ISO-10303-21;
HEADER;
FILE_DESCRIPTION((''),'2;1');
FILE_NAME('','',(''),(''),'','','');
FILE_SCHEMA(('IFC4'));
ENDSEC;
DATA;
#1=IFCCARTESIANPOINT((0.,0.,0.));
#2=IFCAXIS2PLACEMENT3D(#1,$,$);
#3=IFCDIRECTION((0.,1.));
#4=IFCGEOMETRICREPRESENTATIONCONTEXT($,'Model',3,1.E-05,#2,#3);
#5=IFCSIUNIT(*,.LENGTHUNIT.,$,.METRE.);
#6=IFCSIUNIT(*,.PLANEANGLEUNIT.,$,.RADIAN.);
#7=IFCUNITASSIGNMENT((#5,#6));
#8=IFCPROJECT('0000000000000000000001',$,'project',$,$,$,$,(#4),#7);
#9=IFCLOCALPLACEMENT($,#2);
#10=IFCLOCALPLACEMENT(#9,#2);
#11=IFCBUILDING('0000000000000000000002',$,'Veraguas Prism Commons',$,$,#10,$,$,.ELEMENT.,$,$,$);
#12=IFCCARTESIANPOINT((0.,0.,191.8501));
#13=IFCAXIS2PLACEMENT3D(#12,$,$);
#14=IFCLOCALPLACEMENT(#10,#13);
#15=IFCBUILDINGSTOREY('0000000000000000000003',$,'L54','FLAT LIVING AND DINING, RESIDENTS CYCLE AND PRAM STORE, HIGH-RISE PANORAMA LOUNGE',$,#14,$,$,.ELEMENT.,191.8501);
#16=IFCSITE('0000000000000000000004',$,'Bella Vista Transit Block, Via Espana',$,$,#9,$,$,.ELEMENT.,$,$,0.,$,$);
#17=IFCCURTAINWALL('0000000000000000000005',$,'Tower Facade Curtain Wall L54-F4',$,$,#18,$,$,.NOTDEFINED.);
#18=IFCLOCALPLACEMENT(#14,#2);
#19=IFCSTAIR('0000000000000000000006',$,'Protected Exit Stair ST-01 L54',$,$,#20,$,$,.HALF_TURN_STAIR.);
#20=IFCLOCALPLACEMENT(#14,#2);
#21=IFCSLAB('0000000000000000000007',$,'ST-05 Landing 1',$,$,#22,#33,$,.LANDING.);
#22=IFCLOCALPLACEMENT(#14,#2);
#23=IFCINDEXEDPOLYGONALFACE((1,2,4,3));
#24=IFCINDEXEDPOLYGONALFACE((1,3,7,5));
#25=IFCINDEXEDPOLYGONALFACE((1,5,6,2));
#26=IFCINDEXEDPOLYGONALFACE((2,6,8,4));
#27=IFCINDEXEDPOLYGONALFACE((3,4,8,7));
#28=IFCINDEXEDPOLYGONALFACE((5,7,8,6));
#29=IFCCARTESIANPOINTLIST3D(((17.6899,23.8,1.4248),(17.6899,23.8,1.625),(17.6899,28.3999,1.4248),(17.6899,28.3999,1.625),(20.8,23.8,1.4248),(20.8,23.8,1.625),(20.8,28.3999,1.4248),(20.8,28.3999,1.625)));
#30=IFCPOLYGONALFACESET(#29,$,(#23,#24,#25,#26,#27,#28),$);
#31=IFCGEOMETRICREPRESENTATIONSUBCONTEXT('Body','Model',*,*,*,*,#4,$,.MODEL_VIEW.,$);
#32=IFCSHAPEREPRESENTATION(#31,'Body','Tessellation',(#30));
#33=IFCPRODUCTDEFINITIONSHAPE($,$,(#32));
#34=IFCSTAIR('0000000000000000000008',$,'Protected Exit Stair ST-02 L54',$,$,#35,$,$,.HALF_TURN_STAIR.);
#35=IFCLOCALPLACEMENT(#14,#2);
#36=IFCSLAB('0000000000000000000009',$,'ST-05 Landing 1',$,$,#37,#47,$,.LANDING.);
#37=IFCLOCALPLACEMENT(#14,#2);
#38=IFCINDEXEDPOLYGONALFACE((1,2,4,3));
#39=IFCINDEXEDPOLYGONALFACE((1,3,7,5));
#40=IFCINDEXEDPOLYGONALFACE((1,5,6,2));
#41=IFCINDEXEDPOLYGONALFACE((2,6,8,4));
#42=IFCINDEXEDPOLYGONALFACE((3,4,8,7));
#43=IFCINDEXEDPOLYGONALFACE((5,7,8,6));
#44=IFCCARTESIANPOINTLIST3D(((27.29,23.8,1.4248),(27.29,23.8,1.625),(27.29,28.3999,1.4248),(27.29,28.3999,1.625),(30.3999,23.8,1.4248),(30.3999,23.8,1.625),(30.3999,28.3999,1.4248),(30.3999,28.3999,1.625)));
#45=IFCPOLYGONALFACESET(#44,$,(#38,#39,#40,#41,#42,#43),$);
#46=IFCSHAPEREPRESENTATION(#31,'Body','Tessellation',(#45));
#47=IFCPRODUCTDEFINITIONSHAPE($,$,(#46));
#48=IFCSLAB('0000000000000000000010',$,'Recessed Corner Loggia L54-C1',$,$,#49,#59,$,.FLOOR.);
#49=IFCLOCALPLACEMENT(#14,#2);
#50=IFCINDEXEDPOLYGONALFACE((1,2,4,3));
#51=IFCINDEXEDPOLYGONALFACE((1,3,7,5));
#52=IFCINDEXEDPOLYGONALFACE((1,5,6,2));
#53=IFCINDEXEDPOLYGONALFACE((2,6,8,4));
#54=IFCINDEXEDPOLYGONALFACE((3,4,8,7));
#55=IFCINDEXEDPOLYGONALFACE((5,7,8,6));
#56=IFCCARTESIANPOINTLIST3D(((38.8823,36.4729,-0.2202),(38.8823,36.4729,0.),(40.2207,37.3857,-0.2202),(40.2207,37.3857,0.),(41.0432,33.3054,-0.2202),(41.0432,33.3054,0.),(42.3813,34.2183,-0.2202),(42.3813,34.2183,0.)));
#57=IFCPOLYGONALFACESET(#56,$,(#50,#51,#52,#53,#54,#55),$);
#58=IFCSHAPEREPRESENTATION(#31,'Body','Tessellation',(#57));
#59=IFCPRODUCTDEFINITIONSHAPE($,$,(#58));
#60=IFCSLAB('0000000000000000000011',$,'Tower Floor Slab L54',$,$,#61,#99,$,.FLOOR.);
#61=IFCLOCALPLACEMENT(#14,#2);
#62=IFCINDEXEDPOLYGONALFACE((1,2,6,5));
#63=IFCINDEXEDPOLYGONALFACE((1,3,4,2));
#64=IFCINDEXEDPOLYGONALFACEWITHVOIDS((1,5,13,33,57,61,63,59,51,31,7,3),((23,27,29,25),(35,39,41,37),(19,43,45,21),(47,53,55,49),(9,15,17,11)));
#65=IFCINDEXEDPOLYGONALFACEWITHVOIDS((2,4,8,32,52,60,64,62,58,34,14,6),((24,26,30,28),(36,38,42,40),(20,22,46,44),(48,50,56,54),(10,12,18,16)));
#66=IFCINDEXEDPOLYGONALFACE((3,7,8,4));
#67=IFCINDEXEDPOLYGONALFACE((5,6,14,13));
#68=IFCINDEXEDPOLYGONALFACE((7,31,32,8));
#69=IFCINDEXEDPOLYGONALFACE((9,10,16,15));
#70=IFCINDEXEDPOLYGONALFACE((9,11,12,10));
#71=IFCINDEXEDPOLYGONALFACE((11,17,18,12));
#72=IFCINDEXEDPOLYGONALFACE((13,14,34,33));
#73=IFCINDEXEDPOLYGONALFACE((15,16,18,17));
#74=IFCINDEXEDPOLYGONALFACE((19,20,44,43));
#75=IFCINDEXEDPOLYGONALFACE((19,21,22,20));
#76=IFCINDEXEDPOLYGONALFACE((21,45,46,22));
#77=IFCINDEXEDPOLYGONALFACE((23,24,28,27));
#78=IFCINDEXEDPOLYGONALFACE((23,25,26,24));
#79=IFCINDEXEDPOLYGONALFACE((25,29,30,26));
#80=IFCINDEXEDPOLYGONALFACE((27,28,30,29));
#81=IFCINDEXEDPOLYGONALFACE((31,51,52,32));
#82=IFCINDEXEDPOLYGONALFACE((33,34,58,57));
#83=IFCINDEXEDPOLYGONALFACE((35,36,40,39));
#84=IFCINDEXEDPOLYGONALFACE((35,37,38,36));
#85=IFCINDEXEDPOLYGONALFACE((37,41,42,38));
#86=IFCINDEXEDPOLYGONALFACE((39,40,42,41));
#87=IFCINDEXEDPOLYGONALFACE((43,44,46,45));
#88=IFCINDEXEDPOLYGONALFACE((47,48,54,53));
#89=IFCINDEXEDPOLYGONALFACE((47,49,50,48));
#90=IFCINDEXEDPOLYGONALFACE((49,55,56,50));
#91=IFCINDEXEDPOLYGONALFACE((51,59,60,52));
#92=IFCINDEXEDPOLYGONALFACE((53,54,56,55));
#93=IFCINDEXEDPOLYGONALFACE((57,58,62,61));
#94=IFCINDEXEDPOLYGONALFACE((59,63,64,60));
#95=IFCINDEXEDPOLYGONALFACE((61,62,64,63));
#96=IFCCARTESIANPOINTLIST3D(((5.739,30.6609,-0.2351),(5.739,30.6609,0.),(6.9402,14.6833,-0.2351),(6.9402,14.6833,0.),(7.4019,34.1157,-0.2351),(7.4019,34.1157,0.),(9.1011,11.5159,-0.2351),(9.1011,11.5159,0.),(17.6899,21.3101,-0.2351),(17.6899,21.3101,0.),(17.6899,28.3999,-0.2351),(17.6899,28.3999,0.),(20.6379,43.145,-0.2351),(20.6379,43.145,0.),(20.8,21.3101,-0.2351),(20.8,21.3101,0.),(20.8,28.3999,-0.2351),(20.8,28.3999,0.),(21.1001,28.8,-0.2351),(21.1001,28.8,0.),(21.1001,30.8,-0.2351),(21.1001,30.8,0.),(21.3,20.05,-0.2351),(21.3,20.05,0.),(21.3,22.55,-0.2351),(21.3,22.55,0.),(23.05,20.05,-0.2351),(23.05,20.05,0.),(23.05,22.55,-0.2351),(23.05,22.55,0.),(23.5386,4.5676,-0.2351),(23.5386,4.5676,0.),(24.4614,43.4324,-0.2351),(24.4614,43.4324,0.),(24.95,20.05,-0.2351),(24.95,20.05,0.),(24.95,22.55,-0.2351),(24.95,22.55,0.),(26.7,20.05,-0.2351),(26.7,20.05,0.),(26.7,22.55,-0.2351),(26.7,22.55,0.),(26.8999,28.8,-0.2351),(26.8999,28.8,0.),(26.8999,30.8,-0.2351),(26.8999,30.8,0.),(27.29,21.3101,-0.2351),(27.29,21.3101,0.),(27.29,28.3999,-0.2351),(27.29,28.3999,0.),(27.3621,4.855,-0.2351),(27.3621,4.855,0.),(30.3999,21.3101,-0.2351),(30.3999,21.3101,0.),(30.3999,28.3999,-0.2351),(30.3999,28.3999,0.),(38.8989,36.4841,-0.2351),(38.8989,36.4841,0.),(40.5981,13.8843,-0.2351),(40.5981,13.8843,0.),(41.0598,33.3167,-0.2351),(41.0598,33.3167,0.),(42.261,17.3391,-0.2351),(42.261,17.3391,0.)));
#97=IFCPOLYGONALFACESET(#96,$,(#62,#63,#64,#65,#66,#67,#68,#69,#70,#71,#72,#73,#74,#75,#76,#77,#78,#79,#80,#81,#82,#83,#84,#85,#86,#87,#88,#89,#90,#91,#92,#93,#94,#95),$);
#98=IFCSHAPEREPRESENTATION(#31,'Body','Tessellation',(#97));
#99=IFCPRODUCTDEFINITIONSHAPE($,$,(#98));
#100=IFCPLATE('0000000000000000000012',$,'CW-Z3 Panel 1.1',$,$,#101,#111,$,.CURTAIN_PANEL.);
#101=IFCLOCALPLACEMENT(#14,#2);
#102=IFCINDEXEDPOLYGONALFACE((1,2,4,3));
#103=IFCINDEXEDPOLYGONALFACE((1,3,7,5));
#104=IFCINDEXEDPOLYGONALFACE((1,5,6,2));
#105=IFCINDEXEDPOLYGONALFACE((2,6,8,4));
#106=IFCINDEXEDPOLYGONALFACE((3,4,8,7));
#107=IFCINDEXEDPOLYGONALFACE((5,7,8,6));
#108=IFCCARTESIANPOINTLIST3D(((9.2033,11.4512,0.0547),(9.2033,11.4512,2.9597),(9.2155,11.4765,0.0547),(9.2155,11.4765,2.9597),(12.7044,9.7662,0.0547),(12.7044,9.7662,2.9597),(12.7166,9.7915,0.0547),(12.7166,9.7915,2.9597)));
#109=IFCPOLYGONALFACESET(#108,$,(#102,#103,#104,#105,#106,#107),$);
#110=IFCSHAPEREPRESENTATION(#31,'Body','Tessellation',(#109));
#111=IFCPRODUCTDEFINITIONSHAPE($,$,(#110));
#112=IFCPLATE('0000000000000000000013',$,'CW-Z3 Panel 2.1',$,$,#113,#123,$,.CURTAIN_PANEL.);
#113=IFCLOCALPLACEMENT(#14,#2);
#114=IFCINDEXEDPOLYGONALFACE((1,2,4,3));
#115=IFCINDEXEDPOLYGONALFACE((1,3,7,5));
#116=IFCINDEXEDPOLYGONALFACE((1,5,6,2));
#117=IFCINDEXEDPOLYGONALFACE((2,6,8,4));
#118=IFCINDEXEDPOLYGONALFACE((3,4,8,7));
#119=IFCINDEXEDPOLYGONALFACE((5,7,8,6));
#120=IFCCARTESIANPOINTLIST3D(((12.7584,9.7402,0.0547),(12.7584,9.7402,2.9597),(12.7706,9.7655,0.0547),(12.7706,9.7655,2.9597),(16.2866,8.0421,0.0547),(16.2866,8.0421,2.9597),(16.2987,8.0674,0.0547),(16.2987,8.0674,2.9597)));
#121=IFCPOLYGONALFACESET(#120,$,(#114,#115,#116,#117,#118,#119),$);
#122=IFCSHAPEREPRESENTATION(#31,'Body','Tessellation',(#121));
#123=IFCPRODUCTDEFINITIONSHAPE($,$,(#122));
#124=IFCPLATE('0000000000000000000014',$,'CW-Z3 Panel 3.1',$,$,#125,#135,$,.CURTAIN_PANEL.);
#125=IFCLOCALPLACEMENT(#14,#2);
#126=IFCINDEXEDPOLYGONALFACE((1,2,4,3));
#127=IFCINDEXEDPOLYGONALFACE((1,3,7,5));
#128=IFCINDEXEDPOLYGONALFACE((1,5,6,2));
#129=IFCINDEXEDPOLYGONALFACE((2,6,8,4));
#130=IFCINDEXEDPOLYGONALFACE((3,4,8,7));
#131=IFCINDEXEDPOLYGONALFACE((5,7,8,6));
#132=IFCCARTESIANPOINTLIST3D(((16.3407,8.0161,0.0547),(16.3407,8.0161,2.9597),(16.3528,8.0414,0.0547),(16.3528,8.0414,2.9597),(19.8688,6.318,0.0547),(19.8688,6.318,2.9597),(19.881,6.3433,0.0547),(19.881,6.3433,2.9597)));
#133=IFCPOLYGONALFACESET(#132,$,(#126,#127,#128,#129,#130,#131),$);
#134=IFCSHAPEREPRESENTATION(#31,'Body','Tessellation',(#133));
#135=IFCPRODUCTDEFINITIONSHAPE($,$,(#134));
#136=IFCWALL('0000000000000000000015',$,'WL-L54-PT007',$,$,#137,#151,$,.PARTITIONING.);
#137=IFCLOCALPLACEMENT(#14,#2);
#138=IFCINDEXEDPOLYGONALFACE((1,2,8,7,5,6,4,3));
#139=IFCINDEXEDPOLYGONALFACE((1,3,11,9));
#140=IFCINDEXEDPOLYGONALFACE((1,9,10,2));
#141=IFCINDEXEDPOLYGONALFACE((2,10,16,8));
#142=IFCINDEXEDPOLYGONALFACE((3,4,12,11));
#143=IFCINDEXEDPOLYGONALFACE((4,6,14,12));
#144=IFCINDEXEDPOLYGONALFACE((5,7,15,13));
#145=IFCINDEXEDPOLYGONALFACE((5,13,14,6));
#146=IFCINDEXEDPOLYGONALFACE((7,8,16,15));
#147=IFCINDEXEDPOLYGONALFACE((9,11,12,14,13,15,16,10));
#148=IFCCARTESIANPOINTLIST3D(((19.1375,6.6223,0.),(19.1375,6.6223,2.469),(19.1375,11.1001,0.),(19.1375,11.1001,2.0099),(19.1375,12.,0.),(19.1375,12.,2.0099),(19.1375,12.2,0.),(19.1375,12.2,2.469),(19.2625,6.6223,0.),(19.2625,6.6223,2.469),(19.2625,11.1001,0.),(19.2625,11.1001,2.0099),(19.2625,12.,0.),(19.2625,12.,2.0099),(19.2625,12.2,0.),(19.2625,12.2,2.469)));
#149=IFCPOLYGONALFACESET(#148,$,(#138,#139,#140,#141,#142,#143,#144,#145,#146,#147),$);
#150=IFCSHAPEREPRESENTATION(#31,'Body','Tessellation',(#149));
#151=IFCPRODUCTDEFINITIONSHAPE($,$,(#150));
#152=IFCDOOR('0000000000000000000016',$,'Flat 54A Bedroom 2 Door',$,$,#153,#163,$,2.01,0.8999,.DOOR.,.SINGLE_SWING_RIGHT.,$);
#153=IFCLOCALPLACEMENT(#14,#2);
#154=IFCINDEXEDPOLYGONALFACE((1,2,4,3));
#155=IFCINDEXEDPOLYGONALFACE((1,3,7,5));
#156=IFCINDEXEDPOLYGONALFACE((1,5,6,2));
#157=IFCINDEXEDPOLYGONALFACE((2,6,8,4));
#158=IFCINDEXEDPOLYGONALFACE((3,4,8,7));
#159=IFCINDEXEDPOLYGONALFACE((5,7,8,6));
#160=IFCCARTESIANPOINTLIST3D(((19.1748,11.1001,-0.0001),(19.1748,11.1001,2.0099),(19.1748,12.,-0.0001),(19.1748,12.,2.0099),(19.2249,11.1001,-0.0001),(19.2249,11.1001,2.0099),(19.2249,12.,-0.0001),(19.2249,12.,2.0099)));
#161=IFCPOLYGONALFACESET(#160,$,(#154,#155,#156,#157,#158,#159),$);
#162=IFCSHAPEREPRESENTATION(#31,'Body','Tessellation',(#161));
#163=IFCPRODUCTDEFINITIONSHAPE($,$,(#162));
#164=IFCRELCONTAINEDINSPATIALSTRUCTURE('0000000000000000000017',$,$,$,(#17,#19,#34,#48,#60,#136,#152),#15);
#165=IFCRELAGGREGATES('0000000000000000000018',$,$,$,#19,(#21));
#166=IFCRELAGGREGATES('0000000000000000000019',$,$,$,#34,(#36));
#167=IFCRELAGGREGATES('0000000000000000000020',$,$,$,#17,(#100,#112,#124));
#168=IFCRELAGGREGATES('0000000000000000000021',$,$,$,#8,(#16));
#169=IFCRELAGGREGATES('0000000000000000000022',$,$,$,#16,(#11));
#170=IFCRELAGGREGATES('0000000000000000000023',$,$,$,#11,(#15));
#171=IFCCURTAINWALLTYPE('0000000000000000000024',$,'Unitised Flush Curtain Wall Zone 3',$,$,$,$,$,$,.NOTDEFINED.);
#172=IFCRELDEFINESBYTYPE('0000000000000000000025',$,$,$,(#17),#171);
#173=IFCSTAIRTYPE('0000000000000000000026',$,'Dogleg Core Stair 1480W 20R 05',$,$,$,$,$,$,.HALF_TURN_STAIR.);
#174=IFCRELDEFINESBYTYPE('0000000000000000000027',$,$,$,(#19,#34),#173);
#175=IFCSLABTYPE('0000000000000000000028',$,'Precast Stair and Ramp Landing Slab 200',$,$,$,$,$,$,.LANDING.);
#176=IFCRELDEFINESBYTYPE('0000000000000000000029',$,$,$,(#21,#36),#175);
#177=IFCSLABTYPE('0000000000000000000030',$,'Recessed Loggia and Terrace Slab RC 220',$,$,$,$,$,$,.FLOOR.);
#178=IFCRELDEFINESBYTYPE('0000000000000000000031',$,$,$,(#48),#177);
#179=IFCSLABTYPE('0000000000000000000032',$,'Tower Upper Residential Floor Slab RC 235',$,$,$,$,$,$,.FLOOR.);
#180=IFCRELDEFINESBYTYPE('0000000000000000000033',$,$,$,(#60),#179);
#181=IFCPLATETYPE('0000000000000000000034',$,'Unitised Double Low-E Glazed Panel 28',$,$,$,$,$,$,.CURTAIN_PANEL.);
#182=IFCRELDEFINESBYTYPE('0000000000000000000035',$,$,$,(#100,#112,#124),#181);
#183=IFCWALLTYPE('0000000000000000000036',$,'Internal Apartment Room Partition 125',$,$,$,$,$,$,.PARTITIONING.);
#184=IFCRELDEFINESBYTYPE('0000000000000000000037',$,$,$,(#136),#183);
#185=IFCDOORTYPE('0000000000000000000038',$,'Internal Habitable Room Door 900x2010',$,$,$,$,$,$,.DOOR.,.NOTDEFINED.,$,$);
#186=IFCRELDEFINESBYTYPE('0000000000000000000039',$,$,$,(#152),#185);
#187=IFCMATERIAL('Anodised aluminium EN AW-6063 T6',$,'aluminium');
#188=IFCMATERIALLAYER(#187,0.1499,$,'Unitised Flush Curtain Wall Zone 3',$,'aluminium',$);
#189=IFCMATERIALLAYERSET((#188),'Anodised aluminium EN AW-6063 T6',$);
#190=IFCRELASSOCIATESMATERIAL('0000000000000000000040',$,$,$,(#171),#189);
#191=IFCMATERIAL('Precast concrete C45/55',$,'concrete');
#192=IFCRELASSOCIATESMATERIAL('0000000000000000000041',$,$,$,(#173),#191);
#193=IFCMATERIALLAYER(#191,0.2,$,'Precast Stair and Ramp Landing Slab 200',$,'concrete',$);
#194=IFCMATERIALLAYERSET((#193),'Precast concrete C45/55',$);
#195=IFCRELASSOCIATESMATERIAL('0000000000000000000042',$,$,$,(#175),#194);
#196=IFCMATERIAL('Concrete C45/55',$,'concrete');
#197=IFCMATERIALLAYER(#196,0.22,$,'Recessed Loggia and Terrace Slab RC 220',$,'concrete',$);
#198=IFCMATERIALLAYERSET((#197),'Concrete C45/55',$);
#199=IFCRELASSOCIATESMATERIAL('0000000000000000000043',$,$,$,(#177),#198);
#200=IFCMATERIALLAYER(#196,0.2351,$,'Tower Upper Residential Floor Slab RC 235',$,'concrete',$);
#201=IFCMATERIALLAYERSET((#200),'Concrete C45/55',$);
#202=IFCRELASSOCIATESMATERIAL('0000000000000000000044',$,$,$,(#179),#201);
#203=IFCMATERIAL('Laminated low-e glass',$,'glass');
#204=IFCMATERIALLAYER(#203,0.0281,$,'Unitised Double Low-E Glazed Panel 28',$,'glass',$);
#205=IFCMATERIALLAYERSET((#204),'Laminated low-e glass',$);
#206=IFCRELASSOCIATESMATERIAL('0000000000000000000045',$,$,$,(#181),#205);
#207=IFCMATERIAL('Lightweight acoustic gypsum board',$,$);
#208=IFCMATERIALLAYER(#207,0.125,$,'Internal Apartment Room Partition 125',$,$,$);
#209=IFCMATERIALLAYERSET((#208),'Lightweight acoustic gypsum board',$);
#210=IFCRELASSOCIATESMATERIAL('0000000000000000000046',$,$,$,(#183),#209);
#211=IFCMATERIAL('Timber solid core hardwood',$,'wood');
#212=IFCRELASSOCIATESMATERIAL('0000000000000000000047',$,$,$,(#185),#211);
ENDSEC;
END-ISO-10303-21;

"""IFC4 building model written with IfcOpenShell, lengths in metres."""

from ifc_helpers import new_model, si_unit, direction, frame, frame_2d, origin, origin_2d, place, context, subcontext, project, spatial, polyline, rectangle, outline, extrude, source, transform, mapped, material, layer, layer_set, type_object, element, fill, aggregate, save


model = new_model("IFC4")

# Units and contexts
model_context = context("Model", 3, precision=1e-05, world=origin(), true_north=direction((0.0, 1.0)))
body_context = subcontext(model_context, "Body", "Model", "MODEL_VIEW")
ifc_project = project(units=[si_unit("LENGTHUNIT", "METRE"), si_unit("PLANEANGLEUNIT", "RADIAN")], contexts=[model_context])

# Site, building, storey
site_placement = place(None, origin())
site = spatial("IfcSite", under=ifc_project, at=site_placement, Name="Bella Vista Transit Block, Via Espana", CompositionType="ELEMENT", RefElevation=0.0)
building_placement = place(site_placement, origin())
building = spatial("IfcBuilding", under=site, at=building_placement, Name="Veraguas Prism Commons", CompositionType="ELEMENT")
storey_placement = place(building_placement, frame((0.0, 0.0, 191.8501)))
storey = spatial("IfcBuildingStorey", under=building, at=storey_placement, Name="L54", Description="FLAT LIVING AND DINING, RESIDENTS CYCLE AND PRAM STORE, HIGH-RISE PANORAMA LOUNGE", CompositionType="ELEMENT", Elevation=191.8501)

# Curtain wall
ifc_material_1 = material(Name="Anodised aluminium EN AW-6063 T6", Category="aluminium")
ifc_layer_1 = layer(ifc_material_1, 0.1499, Name="Unitised Flush Curtain Wall Zone 3", Category="aluminium")
ifc_layer_set_1 = layer_set([ifc_layer_1], Name="Anodised aluminium EN AW-6063 T6")
curtain_wall_type = type_object("IfcCurtainWallType", Name="Unitised Flush Curtain Wall Zone 3", PredefinedType="NOTDEFINED", material=ifc_layer_set_1)
curtain_wall_1_placement = place(storey_placement, origin())
curtain_wall_1 = element("IfcCurtainWall", 1, at=curtain_wall_1_placement, inside=storey, type_object=curtain_wall_type, Name="Tower Facade Curtain Wall L54-F4", PredefinedType="NOTDEFINED")

# Stairs, slabs
ifc_material_2 = material(Name="Precast concrete C45/55", Category="concrete")
stair_type = type_object("IfcStairType", Name="Dogleg Core Stair 1480W 20R 05", PredefinedType="HALF_TURN_STAIR", material=ifc_material_2)
stair_1_placement = place(storey_placement, origin())
stair_1 = element("IfcStair", 2, at=stair_1_placement, inside=storey, type_object=stair_type, Name="Protected Exit Stair ST-01 L54", PredefinedType="HALF_TURN_STAIR")
ifc_layer_2 = layer(ifc_material_2, 0.2, Name="Precast Stair and Ramp Landing Slab 200", Category="concrete")
ifc_layer_set_2 = layer_set([ifc_layer_2], Name="Precast concrete C45/55")
slab_type_1 = type_object("IfcSlabType", Name="Precast Stair and Ramp Landing Slab 200", PredefinedType="LANDING", material=ifc_layer_set_2)
slab_1_placement = place(storey_placement, frame((0.0, 0.0, 1.4248)))
slab_1 = element("IfcSlab", 3, at=slab_1_placement, type_object=slab_type_1, Name="ST-05 Landing 1", PredefinedType="LANDING", context=body_context, shape_type="SweptSolid", body=[
    extrude(outline(polyline([(20.8, 23.8), (20.8, 28.3999), (17.6899, 28.3999), (17.6899, 23.8), (20.8, 23.8)])), origin(), (0.0, 0.0, 1.0), 0.2002),
])
aggregate(stair_1, [slab_1])
stair_2_placement = place(storey_placement, origin())
stair_2 = element("IfcStair", 4, at=stair_2_placement, inside=storey, type_object=stair_type, Name="Protected Exit Stair ST-02 L54", PredefinedType="HALF_TURN_STAIR")
slab_2_placement = place(storey_placement, frame((0.0, 0.0, 1.4248)))
slab_2 = element("IfcSlab", 5, at=slab_2_placement, type_object=slab_type_1, Name="ST-05 Landing 1", PredefinedType="LANDING", context=body_context, shape_type="SweptSolid", body=[
    extrude(outline(polyline([(30.3999, 23.8), (30.3999, 28.3999), (27.29, 28.3999), (27.29, 23.8), (30.3999, 23.8)])), origin(), (0.0, 0.0, 1.0), 0.2002),
])
aggregate(stair_2, [slab_2])

# Slabs
ifc_material_3 = material(Name="Concrete C45/55", Category="concrete")
ifc_layer_3 = layer(ifc_material_3, 0.22, Name="Recessed Loggia and Terrace Slab RC 220", Category="concrete")
ifc_layer_set_3 = layer_set([ifc_layer_3], Name="Concrete C45/55")
slab_type_2 = type_object("IfcSlabType", Name="Recessed Loggia and Terrace Slab RC 220", PredefinedType="FLOOR", material=ifc_layer_set_3)
slab_3_placement = place(storey_placement, frame((0.0, 0.0, -0.2202)))
element("IfcSlab", 6, at=slab_3_placement, inside=storey, type_object=slab_type_2, Name="Recessed Corner Loggia L54-C1", PredefinedType="FLOOR", context=body_context, shape_type="SweptSolid", body=[
    extrude(outline(polyline([(41.0432, 33.3054), (42.3813, 34.2183), (40.2207, 37.3857), (38.8823, 36.4729), (41.0432, 33.3054)])), origin(), (0.0, 0.0, 1.0), 0.2202),
])
ifc_layer_4 = layer(ifc_material_3, 0.2351, Name="Tower Upper Residential Floor Slab RC 235", Category="concrete")
ifc_layer_set_4 = layer_set([ifc_layer_4], Name="Concrete C45/55")
slab_type_3 = type_object("IfcSlabType", Name="Tower Upper Residential Floor Slab RC 235", PredefinedType="FLOOR", material=ifc_layer_set_4)
slab_4_placement = place(storey_placement, frame((0.0, 0.0, -0.2351)))
element("IfcSlab", 7, at=slab_4_placement, inside=storey, type_object=slab_type_3, Name="Tower Floor Slab L54", PredefinedType="FLOOR", context=body_context, shape_type="SweptSolid", body=[
    extrude(outline(polyline([(41.0598, 33.3167), (38.8989, 36.4841), (24.4614, 43.4324), (20.6379, 43.145), (7.4019, 34.1157), (5.739, 30.6609), (6.9402, 14.6833), (9.1011, 11.5159), (23.5386, 4.5676), (27.3621, 4.855), (40.5981, 13.8843), (42.261, 17.3391), (41.0598, 33.3167)]), holes=[polyline([(20.8, 21.3101), (20.8, 28.3999), (17.6899, 28.3999), (17.6899, 21.3101), (20.8, 21.3101)]), polyline([(30.3999, 21.3101), (30.3999, 28.3999), (27.29, 28.3999), (27.29, 21.3101), (30.3999, 21.3101)]), polyline([(21.1001, 28.8), (26.8999, 28.8), (26.8999, 30.8), (21.1001, 30.8), (21.1001, 28.8)]), polyline([(21.3, 20.05), (23.05, 20.05), (23.05, 22.55), (21.3, 22.55), (21.3, 20.05)]), polyline([(24.95, 20.05), (26.7, 20.05), (26.7, 22.55), (24.95, 22.55), (24.95, 20.05)])]), origin(), (0.0, 0.0, 1.0), 0.2351),
])

# Plates
ifc_material_4 = material(Name="Laminated low-e glass", Category="glass")
ifc_layer_5 = layer(ifc_material_4, 0.0281, Name="Unitised Double Low-E Glazed Panel 28", Category="glass")
ifc_layer_set_5 = layer_set([ifc_layer_5], Name="Laminated low-e glass")
plate_type = type_object("IfcPlateType", Name="Unitised Double Low-E Glazed Panel 28", PredefinedType="CURTAIN_PANEL", material=ifc_layer_set_5)
shared_shape_1 = source(origin(), body_context, "Body", "SweptSolid", [
    extrude(rectangle(XDim=3.8855, YDim=0.0281, at=origin_2d()), origin(), (0.0, 0.0, 1.0), 2.905),
])
plate_1_placement = place(storey_placement, frame((10.96, 10.6213, 0.0547), z_axis=(0.0, 0.0, 1.0), x_axis=(0.901074, -0.433665, 0.0)))
plate_1 = element("IfcPlate", 8, at=plate_1_placement, type_object=plate_type, Name="CW-Z3 Panel 1.1", PredefinedType="CURTAIN_PANEL", context=body_context, shape_type="MappedRepresentation", body=[
    mapped(shared_shape_1, transform((0.0, 0.0, 0.0), scale=1.0)),
])
shared_shape_2 = source(origin(), body_context, "Body", "SweptSolid", [
    extrude(rectangle(XDim=3.9155, YDim=0.0281, at=origin_2d()), origin(), (0.0, 0.0, 1.0), 2.905),
])
plate_2_placement = place(storey_placement, frame((14.5286, 8.9038, 0.0547), z_axis=(0.0, 0.0, 1.0), x_axis=(0.901074, -0.433665, 0.0)))
plate_2 = element("IfcPlate", 9, at=plate_2_placement, type_object=plate_type, Name="CW-Z3 Panel 2.1", PredefinedType="CURTAIN_PANEL", context=body_context, shape_type="MappedRepresentation", body=[
    mapped(shared_shape_2, transform((0.0, 0.0, 0.0), scale=1.0)),
])
plate_3_placement = place(storey_placement, frame((18.1108, 7.1797, 0.0547), z_axis=(0.0, 0.0, 1.0), x_axis=(0.901074, -0.433665, 0.0)))
plate_3 = element("IfcPlate", 10, at=plate_3_placement, type_object=plate_type, Name="CW-Z3 Panel 3.1", PredefinedType="CURTAIN_PANEL", context=body_context, shape_type="MappedRepresentation", body=[
    mapped(shared_shape_2, transform((0.0, 0.0, 0.0), scale=1.0)),
])
aggregate(curtain_wall_1, [plate_1, plate_2, plate_3])

# Wall, opening, door
ifc_material_5 = material(Name="Lightweight acoustic gypsum board")
ifc_layer_6 = layer(ifc_material_5, 0.125, Name="Internal Apartment Room Partition 125")
ifc_layer_set_6 = layer_set([ifc_layer_6], Name="Lightweight acoustic gypsum board")
wall_type_1 = type_object("IfcWallType", Name="Internal Apartment Room Partition 125", PredefinedType="PARTITIONING", material=ifc_layer_set_6)
wall_1_placement = place(storey_placement, frame((19.2, 12.2, 0.0), z_axis=(0.0, 0.0, 1.0), x_axis=(0.0, -1.0, 0.0)))
wall_1 = element("IfcWall", 11, at=wall_1_placement, inside=storey, type_object=wall_type_1, Name="WL-L54-PT007", PredefinedType="PARTITIONING", context=body_context, shape_type="SweptSolid", body=[
    extrude(rectangle(XDim=5.5776, YDim=0.125, at=frame_2d((2.7888, 0.0))), origin(), (0.0, 0.0, 1.0), 2.469),
])
opening_1_placement = place(wall_1_placement, frame((0.2, 0.0, 0.0)))
opening_1 = element("IfcOpeningElement", 12, at=opening_1_placement, cuts=wall_1, PredefinedType="OPENING", context=body_context, shape_type="SweptSolid", body=[
    extrude(rectangle(XDim=0.8999, YDim=2.01, at=frame_2d((0.45, 1.0049))), frame((0.0, 0.0725, 0.0), z_axis=(0.0, -1.0, 0.0), x_axis=(1.0, 0.0, 0.0)), (0.0, 0.0, 1.0), 0.145),
])
ifc_material_6 = material(Name="Timber solid core hardwood", Category="wood")
door_type_1 = type_object("IfcDoorType", Name="Internal Habitable Room Door 900x2010", OperationType="NOTDEFINED", PredefinedType="DOOR", material=ifc_material_6)
shared_shape_3 = source(origin(), body_context, "Body", "SweptSolid", [
    extrude(rectangle(XDim=0.8999, YDim=2.01, at=frame_2d((0.45, 1.0049))), frame((0.0, 0.0249, 0.0), z_axis=(0.0, -1.0, 0.0), x_axis=(1.0, 0.0, 0.0)), (0.0, 0.0, 1.0), 0.05),
])
door_1_placement = place(opening_1_placement, origin())
door_1 = element("IfcDoor", 13, at=door_1_placement, inside=storey, type_object=door_type_1, Name="Flat 54A Bedroom 2 Door", OperationType="SINGLE_SWING_RIGHT", OverallHeight=2.01, OverallWidth=0.8999, PredefinedType="DOOR", context=body_context, shape_type="MappedRepresentation", body=[
    mapped(shared_shape_3, transform((0.0, 0.0, 0.0), scale=1.0)),
])
fill(opening_1, door_1)

save(model, "model.ifc")
